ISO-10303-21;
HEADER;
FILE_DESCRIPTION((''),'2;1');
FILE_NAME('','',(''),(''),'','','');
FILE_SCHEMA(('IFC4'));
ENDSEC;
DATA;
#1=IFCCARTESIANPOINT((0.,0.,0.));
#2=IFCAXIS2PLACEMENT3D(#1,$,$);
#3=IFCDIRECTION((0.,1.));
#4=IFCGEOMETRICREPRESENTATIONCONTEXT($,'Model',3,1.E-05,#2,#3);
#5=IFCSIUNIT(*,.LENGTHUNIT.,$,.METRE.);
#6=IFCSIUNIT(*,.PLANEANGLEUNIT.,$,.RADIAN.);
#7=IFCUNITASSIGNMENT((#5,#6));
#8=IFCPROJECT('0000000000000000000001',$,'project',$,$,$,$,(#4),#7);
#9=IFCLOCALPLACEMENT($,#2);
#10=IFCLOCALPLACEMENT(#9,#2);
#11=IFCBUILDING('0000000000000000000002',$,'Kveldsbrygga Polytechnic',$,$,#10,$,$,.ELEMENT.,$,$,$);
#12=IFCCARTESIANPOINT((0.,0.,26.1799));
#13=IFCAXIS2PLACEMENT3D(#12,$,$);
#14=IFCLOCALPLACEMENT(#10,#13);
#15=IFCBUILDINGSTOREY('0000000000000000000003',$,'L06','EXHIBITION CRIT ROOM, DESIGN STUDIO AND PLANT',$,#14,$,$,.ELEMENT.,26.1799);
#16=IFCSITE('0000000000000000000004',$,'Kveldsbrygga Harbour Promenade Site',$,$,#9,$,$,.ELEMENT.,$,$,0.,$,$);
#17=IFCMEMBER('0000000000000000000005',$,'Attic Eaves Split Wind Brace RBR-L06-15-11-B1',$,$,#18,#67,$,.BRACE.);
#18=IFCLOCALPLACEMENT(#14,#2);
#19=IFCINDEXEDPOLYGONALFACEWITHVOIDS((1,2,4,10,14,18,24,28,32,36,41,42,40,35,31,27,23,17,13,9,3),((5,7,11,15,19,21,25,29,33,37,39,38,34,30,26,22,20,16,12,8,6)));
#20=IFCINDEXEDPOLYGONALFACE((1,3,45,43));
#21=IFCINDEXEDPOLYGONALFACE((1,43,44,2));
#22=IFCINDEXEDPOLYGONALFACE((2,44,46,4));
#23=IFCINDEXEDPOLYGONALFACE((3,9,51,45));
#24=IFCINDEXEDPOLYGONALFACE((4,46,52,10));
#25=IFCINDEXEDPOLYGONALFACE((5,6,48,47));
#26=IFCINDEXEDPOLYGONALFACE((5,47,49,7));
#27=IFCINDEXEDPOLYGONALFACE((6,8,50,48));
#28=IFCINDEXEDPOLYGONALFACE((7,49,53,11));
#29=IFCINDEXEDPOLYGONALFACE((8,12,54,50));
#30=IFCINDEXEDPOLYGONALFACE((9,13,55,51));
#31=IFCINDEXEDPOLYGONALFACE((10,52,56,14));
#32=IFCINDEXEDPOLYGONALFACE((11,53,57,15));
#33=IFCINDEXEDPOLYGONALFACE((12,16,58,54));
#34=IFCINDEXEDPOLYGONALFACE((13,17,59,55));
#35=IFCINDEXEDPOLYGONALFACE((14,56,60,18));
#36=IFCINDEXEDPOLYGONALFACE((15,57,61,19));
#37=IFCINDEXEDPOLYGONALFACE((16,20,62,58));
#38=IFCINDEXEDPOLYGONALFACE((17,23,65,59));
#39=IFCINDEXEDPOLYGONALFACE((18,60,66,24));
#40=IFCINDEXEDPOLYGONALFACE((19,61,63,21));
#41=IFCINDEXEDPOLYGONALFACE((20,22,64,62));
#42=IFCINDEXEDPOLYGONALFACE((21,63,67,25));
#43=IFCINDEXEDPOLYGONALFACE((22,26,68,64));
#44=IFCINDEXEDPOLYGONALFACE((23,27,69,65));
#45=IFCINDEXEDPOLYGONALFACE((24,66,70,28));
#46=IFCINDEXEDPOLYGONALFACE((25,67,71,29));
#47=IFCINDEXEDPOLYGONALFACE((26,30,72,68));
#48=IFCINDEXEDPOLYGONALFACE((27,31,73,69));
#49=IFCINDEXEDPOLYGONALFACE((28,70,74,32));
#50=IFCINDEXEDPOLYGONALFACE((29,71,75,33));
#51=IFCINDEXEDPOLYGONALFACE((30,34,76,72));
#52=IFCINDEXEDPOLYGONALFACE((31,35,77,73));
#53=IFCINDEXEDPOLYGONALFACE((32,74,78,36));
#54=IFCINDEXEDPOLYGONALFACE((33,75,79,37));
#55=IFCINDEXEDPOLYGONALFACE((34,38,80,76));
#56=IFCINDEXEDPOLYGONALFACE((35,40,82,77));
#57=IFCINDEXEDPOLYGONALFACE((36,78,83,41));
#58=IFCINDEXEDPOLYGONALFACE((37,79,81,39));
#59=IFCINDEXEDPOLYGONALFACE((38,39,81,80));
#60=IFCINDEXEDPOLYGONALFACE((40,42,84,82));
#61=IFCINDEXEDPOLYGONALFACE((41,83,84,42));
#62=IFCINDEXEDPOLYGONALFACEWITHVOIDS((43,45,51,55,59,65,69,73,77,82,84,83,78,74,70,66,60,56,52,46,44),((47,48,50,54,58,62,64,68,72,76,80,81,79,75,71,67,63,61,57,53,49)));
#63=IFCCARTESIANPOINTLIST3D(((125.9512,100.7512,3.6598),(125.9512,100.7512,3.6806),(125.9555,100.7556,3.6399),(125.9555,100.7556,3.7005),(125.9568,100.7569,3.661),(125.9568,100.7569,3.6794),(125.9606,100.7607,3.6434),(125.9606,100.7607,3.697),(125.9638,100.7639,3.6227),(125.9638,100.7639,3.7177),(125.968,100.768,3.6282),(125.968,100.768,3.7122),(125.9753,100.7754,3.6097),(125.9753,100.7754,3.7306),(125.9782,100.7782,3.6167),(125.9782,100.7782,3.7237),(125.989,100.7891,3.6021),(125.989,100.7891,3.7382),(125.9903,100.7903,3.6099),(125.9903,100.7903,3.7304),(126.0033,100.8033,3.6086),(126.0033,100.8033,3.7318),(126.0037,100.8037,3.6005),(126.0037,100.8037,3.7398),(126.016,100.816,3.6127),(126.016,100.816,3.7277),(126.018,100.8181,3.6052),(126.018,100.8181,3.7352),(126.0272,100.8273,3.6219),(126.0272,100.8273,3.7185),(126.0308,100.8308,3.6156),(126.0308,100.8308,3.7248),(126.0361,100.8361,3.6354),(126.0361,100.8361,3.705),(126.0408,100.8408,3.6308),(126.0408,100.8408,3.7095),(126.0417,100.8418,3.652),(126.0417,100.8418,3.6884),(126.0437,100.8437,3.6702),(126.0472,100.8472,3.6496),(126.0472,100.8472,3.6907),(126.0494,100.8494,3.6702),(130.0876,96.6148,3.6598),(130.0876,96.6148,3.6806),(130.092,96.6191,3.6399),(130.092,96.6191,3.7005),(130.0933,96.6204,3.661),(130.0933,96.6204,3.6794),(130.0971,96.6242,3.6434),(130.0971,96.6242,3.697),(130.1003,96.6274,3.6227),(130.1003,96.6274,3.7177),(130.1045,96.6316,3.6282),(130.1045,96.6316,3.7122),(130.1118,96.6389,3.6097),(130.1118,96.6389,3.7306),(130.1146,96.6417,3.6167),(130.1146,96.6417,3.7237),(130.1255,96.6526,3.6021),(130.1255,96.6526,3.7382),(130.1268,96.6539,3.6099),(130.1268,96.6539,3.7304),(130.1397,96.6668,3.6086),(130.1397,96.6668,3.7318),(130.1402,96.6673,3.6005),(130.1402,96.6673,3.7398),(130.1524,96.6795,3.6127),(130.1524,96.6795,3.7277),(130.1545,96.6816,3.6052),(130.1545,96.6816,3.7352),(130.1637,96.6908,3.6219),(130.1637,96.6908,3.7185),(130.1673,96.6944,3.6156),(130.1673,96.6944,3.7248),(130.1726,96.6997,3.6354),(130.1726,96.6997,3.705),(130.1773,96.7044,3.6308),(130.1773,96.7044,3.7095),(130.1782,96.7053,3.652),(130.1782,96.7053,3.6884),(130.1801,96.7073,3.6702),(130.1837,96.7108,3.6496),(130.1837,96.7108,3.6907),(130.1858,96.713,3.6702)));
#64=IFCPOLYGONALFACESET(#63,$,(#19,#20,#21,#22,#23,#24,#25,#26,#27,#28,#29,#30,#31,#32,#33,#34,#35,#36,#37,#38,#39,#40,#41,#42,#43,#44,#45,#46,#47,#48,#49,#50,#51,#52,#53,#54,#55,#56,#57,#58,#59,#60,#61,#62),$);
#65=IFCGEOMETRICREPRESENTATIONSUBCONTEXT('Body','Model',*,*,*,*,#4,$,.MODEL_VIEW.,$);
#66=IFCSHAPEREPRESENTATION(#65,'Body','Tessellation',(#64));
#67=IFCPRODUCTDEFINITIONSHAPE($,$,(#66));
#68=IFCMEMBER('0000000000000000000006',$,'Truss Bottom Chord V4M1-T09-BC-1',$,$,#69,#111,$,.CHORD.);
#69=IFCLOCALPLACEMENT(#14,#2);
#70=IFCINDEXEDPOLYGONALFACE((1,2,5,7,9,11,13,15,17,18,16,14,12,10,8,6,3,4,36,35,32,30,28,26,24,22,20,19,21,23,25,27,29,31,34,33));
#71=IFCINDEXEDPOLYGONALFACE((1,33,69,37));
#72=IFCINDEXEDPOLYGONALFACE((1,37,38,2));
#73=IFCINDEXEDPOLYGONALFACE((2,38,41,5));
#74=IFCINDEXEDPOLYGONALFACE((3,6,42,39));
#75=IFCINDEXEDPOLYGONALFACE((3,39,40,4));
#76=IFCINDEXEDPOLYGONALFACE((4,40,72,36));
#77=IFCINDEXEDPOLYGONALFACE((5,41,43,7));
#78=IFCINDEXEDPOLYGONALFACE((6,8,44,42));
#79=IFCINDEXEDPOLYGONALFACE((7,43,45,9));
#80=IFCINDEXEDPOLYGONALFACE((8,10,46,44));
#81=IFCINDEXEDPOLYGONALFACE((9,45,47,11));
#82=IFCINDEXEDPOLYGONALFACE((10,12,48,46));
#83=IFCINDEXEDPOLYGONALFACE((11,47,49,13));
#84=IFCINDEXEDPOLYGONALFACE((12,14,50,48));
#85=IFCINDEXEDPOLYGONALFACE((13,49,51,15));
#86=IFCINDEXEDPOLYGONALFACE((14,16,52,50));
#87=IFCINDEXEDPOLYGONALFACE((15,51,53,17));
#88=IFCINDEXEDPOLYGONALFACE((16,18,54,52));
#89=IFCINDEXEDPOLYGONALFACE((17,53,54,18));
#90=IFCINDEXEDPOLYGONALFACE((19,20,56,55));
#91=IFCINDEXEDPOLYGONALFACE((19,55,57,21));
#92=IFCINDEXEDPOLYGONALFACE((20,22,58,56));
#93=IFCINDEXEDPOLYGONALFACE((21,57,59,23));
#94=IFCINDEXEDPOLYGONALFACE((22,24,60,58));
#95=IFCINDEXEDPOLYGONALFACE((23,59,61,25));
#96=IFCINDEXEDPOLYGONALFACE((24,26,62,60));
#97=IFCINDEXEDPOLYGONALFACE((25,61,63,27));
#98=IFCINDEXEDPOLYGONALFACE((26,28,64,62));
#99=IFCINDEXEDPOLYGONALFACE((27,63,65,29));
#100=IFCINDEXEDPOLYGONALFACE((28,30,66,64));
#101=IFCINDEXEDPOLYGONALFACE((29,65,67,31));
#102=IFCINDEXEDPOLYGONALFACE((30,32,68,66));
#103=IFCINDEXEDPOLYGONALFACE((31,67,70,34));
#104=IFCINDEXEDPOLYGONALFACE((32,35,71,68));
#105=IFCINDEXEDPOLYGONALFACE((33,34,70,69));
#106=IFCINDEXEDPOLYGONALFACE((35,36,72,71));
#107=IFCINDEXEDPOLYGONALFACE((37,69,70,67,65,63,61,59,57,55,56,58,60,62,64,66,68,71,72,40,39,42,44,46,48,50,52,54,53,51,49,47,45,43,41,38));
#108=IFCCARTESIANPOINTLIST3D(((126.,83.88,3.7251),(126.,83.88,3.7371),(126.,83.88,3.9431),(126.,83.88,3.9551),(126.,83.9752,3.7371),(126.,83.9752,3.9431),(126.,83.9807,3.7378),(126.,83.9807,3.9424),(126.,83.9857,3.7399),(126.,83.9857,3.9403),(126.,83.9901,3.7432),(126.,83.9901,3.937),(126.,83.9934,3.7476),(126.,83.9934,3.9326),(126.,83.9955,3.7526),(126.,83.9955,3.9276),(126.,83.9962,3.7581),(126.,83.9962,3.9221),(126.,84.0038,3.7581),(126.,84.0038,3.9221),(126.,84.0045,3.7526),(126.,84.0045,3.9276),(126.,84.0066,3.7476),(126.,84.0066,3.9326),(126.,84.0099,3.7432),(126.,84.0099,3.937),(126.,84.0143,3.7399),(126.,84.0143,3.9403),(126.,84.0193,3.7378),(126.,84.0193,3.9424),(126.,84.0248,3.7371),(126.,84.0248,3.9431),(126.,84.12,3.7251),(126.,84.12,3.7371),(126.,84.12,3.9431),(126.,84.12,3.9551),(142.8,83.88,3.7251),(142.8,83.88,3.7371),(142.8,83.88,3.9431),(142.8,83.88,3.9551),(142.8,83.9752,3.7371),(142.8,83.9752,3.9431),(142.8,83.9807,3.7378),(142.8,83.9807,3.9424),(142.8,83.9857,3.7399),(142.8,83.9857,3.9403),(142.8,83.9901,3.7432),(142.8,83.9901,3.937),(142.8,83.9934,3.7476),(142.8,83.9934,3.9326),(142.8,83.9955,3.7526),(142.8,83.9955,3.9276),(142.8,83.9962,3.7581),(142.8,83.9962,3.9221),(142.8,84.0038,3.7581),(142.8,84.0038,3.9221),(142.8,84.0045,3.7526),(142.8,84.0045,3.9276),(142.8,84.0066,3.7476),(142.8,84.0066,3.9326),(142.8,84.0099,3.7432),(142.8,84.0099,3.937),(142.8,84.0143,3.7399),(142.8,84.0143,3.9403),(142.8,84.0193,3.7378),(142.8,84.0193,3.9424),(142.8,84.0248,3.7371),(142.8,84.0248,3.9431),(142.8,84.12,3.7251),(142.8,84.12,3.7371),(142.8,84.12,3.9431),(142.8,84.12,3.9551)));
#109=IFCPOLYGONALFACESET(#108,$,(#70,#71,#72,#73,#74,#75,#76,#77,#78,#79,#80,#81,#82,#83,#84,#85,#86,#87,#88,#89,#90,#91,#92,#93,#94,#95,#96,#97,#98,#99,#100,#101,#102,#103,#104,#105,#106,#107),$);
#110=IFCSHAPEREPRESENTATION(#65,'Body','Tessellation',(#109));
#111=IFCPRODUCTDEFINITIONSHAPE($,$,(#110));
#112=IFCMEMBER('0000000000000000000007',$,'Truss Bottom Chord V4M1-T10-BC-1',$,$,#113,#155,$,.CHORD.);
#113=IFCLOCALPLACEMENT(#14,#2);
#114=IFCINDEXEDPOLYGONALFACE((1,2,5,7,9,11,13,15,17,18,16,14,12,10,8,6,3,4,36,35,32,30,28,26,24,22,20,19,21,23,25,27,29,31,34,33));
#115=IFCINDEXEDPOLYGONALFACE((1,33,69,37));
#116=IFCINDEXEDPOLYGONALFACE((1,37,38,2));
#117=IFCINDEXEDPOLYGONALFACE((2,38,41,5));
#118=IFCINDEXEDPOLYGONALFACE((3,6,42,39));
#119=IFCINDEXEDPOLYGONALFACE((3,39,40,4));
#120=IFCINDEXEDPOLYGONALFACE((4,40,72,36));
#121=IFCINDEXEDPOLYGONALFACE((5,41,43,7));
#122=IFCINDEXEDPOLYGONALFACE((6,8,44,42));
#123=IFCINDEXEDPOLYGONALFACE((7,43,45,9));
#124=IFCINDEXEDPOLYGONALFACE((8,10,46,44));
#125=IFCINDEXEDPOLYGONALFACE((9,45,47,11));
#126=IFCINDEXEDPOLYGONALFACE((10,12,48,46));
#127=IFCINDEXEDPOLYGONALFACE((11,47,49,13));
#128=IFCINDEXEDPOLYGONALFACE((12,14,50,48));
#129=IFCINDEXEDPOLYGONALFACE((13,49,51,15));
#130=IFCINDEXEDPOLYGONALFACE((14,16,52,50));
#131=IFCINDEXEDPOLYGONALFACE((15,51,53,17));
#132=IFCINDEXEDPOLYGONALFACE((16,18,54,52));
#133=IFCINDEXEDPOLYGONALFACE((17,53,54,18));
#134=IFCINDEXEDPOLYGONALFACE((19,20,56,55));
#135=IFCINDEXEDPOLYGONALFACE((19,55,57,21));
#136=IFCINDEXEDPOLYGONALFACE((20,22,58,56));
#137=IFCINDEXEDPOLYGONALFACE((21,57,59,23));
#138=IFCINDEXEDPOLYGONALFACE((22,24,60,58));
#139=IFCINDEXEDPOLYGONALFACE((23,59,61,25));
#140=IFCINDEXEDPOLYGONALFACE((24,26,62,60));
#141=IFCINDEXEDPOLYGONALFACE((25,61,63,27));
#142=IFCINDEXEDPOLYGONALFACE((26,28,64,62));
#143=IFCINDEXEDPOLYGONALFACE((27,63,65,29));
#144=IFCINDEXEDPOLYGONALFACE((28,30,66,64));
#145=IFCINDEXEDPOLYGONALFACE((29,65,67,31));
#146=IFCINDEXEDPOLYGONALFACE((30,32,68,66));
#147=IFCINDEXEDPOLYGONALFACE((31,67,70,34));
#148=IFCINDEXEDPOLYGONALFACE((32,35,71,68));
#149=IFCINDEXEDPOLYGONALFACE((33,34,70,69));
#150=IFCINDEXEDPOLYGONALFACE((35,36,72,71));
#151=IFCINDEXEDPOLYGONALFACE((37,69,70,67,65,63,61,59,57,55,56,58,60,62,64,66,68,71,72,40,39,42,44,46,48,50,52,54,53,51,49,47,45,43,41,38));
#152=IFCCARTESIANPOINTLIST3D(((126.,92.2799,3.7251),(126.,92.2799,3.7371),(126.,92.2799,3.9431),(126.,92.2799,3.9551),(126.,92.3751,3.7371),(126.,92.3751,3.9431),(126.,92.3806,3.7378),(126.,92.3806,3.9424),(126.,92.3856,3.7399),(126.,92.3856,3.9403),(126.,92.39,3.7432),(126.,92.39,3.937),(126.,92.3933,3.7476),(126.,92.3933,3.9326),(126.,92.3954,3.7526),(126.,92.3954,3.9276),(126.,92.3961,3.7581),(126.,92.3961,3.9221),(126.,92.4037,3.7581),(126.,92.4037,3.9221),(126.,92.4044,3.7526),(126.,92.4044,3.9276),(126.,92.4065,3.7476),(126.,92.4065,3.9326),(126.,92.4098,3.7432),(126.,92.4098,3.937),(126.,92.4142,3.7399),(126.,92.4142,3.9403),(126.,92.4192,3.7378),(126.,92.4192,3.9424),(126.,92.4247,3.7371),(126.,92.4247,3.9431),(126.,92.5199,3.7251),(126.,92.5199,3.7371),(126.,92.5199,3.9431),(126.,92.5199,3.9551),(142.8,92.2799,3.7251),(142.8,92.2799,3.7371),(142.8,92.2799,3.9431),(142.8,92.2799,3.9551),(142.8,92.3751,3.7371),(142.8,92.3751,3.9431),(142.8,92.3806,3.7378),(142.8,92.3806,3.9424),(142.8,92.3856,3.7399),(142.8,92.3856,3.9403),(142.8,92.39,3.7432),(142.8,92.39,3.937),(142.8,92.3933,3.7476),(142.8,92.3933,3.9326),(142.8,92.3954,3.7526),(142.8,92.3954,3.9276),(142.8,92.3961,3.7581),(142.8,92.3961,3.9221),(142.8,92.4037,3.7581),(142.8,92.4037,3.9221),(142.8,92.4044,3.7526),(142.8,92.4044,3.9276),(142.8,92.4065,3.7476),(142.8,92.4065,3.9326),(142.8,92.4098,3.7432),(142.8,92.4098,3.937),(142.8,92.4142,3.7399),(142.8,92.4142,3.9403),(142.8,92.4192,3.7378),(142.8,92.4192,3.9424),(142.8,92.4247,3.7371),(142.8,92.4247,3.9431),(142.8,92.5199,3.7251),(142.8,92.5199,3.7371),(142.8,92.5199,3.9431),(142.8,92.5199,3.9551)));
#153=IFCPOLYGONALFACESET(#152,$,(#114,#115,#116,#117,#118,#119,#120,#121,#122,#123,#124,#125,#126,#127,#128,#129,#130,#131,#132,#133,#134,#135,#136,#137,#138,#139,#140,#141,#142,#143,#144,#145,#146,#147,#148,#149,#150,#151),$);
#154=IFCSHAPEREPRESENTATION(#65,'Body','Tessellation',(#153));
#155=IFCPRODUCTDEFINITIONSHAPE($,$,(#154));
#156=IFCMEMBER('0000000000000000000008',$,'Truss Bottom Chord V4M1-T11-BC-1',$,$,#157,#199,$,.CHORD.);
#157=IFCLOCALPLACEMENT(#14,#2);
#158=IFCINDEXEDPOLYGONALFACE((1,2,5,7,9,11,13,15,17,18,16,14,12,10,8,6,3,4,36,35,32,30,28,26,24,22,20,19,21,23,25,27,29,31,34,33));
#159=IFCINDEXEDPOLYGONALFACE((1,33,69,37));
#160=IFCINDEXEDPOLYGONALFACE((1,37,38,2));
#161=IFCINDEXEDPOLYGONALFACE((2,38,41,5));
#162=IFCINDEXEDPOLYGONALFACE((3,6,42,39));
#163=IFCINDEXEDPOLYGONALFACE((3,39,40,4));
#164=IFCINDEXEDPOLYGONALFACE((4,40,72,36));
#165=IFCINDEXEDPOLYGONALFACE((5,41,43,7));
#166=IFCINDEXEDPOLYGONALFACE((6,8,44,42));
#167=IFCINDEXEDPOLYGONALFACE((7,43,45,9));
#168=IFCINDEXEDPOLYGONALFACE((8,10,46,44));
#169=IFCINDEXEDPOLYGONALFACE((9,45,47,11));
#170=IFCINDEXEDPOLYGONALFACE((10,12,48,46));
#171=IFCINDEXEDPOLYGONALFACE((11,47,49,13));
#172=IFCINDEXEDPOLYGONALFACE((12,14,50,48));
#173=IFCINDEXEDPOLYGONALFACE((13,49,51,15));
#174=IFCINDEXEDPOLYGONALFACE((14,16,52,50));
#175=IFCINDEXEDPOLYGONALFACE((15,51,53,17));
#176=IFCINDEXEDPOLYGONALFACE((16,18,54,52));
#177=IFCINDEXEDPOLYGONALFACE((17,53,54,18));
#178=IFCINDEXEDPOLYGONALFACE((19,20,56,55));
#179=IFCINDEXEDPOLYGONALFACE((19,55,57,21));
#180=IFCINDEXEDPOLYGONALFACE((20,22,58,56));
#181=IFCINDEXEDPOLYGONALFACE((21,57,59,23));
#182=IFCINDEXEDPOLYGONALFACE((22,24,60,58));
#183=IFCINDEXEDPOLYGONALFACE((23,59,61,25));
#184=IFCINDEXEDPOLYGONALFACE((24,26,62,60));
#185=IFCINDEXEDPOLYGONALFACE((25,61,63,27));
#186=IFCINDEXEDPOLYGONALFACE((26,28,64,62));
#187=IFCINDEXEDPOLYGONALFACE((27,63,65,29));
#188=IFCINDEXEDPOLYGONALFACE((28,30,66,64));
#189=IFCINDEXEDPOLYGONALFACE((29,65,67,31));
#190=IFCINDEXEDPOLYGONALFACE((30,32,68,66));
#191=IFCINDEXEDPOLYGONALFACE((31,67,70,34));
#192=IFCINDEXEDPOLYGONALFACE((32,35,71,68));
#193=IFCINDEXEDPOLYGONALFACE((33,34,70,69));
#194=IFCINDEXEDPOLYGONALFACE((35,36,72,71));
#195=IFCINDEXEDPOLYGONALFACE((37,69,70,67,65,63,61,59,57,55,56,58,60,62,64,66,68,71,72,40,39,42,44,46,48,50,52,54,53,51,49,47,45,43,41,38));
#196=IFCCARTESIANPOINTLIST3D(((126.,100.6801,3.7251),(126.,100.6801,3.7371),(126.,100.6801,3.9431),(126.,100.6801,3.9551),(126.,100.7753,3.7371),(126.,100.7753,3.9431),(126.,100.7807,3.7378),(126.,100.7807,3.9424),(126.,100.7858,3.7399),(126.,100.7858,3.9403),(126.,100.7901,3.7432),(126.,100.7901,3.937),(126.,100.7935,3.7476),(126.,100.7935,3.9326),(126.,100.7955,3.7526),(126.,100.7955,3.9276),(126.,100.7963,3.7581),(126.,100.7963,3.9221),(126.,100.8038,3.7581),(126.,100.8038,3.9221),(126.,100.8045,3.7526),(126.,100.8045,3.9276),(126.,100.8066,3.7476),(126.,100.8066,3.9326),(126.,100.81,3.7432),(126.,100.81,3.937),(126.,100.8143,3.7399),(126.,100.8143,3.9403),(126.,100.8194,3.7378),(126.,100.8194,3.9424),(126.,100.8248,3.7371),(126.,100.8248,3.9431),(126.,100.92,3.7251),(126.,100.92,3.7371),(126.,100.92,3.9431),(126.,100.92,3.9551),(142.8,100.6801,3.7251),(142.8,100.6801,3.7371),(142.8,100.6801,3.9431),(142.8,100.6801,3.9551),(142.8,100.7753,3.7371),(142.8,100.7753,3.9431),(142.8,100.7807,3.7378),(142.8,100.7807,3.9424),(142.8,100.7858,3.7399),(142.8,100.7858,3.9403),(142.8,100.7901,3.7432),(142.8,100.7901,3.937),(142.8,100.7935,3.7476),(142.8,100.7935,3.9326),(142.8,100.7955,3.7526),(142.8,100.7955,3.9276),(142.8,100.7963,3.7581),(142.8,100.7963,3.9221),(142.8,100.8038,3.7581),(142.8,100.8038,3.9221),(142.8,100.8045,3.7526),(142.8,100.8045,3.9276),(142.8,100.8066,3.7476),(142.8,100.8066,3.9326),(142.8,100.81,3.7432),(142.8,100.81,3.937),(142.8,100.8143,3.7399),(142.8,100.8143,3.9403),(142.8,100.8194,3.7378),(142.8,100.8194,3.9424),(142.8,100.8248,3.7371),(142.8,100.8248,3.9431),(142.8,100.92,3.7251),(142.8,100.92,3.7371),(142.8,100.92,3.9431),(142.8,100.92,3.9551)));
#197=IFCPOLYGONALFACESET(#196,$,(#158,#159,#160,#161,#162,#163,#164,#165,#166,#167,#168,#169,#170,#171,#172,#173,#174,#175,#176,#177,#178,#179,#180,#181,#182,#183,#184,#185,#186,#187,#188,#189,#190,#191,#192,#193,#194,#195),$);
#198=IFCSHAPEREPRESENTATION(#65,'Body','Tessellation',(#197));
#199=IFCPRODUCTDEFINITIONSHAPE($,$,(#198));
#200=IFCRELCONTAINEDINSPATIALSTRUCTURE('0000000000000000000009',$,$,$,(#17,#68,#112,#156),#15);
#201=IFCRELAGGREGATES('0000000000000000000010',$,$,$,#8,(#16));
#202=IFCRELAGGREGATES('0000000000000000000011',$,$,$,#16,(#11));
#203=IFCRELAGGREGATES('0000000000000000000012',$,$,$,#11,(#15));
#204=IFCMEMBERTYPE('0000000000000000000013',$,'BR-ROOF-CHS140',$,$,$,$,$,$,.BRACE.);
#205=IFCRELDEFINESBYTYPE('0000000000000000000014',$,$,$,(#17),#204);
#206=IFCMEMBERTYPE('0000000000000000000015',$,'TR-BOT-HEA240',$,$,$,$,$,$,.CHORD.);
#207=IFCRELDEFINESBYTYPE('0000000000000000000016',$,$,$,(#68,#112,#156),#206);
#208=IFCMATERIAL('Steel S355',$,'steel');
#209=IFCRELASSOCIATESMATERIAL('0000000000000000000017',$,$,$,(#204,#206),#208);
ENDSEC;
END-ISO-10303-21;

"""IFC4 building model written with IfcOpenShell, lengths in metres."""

from ifc_helpers import new_model, si_unit, direction, frame, origin, origin_2d, place, context, subcontext, project, spatial, hollow_circle, i_section, extrude, material, material_profile, profile_set, type_object, element, save


model = new_model("IFC4")

# Units and contexts
model_context = context("Model", 3, precision=1e-05, world=origin(), true_north=direction((0.0, 1.0)))
body_context = subcontext(model_context, "Body", "Model", "MODEL_VIEW")
ifc_project = project(units=[si_unit("LENGTHUNIT", "METRE"), si_unit("PLANEANGLEUNIT", "RADIAN")], contexts=[model_context])

# Site, building, storey
site_placement = place(None, origin())
site = spatial("IfcSite", under=ifc_project, at=site_placement, Name="Kveldsbrygga Harbour Promenade Site", CompositionType="ELEMENT", RefElevation=0.0)
building_placement = place(site_placement, origin())
building = spatial("IfcBuilding", under=site, at=building_placement, Name="Kveldsbrygga Polytechnic", CompositionType="ELEMENT")
storey_placement = place(building_placement, frame((0.0, 0.0, 26.1799)))
storey = spatial("IfcBuildingStorey", under=building, at=storey_placement, Name="L06", Description="EXHIBITION CRIT ROOM, DESIGN STUDIO AND PLANT", CompositionType="ELEMENT", Elevation=26.1799)

# Shared definitions
ifc_material_1 = material(Name="Steel S355", Category="steel")

# Members
ifc_material_profile_1 = material_profile(ifc_material_1, hollow_circle(Radius=0.0698, WallThickness=0.0081, at=origin_2d()), Name="CHS 139.7x8.0")
ifc_profile_set_1 = profile_set([ifc_material_profile_1], Name="Steel S355")
member_type_1 = type_object("IfcMemberType", Name="BR-ROOF-CHS140", PredefinedType="BRACE", material=ifc_profile_set_1)
member_1_placement = place(storey_placement, frame((126.0, 100.8, 3.6702), z_axis=(0.707107, -0.707107, 0.0), x_axis=(0.707107, 0.707107, 0.0)))
element("IfcMember", 1, at=member_1_placement, inside=storey, type_object=member_type_1, Name="Attic Eaves Split Wind Brace RBR-L06-15-11-B1", PredefinedType="BRACE", context=body_context, shape_type="SweptSolid", body=[
    extrude(hollow_circle(Radius=0.0698, WallThickness=0.0081, at=origin_2d()), origin(), (0.0, 0.0, 1.0), 5.8499),
])
ifc_material_profile_2 = material_profile(ifc_material_1, i_section(OverallWidth=0.24, OverallDepth=0.23, WebThickness=0.0076, FlangeThickness=0.012, FilletRadius=0.021, at=origin_2d()), Name="HEA 240")
ifc_profile_set_2 = profile_set([ifc_material_profile_2], Name="Steel S355")
member_type_2 = type_object("IfcMemberType", Name="TR-BOT-HEA240", PredefinedType="CHORD", material=ifc_profile_set_2)
for number, where, z_axis, x_axis, name in (
    (2, (126.0, 84.0, 3.8401), (1.0, 0.0, 0.0), (0.0, 1.0, 0.0), "Truss Bottom Chord V4M1-T09-BC-1"),
    (3, (126.0, 92.3999, 3.8401), (1.0, 0.0, 0.0), (0.0, 1.0, 0.0), "Truss Bottom Chord V4M1-T10-BC-1"),
    (4, (126.0, 100.8, 3.8401), (1.0, 0.0, 0.0), (0.0, 1.0, 0.0), "Truss Bottom Chord V4M1-T11-BC-1"),
):
    element("IfcMember", number, at=place(storey_placement, frame(where, z_axis=z_axis, x_axis=x_axis)), inside=storey, type_object=member_type_2, Name=name, PredefinedType="CHORD", context=body_context, shape_type="SweptSolid", body=[
        extrude(i_section(OverallWidth=0.24, OverallDepth=0.23, WebThickness=0.0076, FlangeThickness=0.012, FilletRadius=0.021, at=origin_2d()), origin(), (0.0, 0.0, 1.0), 16.8),
    ])

save(model, "model.ifc")
